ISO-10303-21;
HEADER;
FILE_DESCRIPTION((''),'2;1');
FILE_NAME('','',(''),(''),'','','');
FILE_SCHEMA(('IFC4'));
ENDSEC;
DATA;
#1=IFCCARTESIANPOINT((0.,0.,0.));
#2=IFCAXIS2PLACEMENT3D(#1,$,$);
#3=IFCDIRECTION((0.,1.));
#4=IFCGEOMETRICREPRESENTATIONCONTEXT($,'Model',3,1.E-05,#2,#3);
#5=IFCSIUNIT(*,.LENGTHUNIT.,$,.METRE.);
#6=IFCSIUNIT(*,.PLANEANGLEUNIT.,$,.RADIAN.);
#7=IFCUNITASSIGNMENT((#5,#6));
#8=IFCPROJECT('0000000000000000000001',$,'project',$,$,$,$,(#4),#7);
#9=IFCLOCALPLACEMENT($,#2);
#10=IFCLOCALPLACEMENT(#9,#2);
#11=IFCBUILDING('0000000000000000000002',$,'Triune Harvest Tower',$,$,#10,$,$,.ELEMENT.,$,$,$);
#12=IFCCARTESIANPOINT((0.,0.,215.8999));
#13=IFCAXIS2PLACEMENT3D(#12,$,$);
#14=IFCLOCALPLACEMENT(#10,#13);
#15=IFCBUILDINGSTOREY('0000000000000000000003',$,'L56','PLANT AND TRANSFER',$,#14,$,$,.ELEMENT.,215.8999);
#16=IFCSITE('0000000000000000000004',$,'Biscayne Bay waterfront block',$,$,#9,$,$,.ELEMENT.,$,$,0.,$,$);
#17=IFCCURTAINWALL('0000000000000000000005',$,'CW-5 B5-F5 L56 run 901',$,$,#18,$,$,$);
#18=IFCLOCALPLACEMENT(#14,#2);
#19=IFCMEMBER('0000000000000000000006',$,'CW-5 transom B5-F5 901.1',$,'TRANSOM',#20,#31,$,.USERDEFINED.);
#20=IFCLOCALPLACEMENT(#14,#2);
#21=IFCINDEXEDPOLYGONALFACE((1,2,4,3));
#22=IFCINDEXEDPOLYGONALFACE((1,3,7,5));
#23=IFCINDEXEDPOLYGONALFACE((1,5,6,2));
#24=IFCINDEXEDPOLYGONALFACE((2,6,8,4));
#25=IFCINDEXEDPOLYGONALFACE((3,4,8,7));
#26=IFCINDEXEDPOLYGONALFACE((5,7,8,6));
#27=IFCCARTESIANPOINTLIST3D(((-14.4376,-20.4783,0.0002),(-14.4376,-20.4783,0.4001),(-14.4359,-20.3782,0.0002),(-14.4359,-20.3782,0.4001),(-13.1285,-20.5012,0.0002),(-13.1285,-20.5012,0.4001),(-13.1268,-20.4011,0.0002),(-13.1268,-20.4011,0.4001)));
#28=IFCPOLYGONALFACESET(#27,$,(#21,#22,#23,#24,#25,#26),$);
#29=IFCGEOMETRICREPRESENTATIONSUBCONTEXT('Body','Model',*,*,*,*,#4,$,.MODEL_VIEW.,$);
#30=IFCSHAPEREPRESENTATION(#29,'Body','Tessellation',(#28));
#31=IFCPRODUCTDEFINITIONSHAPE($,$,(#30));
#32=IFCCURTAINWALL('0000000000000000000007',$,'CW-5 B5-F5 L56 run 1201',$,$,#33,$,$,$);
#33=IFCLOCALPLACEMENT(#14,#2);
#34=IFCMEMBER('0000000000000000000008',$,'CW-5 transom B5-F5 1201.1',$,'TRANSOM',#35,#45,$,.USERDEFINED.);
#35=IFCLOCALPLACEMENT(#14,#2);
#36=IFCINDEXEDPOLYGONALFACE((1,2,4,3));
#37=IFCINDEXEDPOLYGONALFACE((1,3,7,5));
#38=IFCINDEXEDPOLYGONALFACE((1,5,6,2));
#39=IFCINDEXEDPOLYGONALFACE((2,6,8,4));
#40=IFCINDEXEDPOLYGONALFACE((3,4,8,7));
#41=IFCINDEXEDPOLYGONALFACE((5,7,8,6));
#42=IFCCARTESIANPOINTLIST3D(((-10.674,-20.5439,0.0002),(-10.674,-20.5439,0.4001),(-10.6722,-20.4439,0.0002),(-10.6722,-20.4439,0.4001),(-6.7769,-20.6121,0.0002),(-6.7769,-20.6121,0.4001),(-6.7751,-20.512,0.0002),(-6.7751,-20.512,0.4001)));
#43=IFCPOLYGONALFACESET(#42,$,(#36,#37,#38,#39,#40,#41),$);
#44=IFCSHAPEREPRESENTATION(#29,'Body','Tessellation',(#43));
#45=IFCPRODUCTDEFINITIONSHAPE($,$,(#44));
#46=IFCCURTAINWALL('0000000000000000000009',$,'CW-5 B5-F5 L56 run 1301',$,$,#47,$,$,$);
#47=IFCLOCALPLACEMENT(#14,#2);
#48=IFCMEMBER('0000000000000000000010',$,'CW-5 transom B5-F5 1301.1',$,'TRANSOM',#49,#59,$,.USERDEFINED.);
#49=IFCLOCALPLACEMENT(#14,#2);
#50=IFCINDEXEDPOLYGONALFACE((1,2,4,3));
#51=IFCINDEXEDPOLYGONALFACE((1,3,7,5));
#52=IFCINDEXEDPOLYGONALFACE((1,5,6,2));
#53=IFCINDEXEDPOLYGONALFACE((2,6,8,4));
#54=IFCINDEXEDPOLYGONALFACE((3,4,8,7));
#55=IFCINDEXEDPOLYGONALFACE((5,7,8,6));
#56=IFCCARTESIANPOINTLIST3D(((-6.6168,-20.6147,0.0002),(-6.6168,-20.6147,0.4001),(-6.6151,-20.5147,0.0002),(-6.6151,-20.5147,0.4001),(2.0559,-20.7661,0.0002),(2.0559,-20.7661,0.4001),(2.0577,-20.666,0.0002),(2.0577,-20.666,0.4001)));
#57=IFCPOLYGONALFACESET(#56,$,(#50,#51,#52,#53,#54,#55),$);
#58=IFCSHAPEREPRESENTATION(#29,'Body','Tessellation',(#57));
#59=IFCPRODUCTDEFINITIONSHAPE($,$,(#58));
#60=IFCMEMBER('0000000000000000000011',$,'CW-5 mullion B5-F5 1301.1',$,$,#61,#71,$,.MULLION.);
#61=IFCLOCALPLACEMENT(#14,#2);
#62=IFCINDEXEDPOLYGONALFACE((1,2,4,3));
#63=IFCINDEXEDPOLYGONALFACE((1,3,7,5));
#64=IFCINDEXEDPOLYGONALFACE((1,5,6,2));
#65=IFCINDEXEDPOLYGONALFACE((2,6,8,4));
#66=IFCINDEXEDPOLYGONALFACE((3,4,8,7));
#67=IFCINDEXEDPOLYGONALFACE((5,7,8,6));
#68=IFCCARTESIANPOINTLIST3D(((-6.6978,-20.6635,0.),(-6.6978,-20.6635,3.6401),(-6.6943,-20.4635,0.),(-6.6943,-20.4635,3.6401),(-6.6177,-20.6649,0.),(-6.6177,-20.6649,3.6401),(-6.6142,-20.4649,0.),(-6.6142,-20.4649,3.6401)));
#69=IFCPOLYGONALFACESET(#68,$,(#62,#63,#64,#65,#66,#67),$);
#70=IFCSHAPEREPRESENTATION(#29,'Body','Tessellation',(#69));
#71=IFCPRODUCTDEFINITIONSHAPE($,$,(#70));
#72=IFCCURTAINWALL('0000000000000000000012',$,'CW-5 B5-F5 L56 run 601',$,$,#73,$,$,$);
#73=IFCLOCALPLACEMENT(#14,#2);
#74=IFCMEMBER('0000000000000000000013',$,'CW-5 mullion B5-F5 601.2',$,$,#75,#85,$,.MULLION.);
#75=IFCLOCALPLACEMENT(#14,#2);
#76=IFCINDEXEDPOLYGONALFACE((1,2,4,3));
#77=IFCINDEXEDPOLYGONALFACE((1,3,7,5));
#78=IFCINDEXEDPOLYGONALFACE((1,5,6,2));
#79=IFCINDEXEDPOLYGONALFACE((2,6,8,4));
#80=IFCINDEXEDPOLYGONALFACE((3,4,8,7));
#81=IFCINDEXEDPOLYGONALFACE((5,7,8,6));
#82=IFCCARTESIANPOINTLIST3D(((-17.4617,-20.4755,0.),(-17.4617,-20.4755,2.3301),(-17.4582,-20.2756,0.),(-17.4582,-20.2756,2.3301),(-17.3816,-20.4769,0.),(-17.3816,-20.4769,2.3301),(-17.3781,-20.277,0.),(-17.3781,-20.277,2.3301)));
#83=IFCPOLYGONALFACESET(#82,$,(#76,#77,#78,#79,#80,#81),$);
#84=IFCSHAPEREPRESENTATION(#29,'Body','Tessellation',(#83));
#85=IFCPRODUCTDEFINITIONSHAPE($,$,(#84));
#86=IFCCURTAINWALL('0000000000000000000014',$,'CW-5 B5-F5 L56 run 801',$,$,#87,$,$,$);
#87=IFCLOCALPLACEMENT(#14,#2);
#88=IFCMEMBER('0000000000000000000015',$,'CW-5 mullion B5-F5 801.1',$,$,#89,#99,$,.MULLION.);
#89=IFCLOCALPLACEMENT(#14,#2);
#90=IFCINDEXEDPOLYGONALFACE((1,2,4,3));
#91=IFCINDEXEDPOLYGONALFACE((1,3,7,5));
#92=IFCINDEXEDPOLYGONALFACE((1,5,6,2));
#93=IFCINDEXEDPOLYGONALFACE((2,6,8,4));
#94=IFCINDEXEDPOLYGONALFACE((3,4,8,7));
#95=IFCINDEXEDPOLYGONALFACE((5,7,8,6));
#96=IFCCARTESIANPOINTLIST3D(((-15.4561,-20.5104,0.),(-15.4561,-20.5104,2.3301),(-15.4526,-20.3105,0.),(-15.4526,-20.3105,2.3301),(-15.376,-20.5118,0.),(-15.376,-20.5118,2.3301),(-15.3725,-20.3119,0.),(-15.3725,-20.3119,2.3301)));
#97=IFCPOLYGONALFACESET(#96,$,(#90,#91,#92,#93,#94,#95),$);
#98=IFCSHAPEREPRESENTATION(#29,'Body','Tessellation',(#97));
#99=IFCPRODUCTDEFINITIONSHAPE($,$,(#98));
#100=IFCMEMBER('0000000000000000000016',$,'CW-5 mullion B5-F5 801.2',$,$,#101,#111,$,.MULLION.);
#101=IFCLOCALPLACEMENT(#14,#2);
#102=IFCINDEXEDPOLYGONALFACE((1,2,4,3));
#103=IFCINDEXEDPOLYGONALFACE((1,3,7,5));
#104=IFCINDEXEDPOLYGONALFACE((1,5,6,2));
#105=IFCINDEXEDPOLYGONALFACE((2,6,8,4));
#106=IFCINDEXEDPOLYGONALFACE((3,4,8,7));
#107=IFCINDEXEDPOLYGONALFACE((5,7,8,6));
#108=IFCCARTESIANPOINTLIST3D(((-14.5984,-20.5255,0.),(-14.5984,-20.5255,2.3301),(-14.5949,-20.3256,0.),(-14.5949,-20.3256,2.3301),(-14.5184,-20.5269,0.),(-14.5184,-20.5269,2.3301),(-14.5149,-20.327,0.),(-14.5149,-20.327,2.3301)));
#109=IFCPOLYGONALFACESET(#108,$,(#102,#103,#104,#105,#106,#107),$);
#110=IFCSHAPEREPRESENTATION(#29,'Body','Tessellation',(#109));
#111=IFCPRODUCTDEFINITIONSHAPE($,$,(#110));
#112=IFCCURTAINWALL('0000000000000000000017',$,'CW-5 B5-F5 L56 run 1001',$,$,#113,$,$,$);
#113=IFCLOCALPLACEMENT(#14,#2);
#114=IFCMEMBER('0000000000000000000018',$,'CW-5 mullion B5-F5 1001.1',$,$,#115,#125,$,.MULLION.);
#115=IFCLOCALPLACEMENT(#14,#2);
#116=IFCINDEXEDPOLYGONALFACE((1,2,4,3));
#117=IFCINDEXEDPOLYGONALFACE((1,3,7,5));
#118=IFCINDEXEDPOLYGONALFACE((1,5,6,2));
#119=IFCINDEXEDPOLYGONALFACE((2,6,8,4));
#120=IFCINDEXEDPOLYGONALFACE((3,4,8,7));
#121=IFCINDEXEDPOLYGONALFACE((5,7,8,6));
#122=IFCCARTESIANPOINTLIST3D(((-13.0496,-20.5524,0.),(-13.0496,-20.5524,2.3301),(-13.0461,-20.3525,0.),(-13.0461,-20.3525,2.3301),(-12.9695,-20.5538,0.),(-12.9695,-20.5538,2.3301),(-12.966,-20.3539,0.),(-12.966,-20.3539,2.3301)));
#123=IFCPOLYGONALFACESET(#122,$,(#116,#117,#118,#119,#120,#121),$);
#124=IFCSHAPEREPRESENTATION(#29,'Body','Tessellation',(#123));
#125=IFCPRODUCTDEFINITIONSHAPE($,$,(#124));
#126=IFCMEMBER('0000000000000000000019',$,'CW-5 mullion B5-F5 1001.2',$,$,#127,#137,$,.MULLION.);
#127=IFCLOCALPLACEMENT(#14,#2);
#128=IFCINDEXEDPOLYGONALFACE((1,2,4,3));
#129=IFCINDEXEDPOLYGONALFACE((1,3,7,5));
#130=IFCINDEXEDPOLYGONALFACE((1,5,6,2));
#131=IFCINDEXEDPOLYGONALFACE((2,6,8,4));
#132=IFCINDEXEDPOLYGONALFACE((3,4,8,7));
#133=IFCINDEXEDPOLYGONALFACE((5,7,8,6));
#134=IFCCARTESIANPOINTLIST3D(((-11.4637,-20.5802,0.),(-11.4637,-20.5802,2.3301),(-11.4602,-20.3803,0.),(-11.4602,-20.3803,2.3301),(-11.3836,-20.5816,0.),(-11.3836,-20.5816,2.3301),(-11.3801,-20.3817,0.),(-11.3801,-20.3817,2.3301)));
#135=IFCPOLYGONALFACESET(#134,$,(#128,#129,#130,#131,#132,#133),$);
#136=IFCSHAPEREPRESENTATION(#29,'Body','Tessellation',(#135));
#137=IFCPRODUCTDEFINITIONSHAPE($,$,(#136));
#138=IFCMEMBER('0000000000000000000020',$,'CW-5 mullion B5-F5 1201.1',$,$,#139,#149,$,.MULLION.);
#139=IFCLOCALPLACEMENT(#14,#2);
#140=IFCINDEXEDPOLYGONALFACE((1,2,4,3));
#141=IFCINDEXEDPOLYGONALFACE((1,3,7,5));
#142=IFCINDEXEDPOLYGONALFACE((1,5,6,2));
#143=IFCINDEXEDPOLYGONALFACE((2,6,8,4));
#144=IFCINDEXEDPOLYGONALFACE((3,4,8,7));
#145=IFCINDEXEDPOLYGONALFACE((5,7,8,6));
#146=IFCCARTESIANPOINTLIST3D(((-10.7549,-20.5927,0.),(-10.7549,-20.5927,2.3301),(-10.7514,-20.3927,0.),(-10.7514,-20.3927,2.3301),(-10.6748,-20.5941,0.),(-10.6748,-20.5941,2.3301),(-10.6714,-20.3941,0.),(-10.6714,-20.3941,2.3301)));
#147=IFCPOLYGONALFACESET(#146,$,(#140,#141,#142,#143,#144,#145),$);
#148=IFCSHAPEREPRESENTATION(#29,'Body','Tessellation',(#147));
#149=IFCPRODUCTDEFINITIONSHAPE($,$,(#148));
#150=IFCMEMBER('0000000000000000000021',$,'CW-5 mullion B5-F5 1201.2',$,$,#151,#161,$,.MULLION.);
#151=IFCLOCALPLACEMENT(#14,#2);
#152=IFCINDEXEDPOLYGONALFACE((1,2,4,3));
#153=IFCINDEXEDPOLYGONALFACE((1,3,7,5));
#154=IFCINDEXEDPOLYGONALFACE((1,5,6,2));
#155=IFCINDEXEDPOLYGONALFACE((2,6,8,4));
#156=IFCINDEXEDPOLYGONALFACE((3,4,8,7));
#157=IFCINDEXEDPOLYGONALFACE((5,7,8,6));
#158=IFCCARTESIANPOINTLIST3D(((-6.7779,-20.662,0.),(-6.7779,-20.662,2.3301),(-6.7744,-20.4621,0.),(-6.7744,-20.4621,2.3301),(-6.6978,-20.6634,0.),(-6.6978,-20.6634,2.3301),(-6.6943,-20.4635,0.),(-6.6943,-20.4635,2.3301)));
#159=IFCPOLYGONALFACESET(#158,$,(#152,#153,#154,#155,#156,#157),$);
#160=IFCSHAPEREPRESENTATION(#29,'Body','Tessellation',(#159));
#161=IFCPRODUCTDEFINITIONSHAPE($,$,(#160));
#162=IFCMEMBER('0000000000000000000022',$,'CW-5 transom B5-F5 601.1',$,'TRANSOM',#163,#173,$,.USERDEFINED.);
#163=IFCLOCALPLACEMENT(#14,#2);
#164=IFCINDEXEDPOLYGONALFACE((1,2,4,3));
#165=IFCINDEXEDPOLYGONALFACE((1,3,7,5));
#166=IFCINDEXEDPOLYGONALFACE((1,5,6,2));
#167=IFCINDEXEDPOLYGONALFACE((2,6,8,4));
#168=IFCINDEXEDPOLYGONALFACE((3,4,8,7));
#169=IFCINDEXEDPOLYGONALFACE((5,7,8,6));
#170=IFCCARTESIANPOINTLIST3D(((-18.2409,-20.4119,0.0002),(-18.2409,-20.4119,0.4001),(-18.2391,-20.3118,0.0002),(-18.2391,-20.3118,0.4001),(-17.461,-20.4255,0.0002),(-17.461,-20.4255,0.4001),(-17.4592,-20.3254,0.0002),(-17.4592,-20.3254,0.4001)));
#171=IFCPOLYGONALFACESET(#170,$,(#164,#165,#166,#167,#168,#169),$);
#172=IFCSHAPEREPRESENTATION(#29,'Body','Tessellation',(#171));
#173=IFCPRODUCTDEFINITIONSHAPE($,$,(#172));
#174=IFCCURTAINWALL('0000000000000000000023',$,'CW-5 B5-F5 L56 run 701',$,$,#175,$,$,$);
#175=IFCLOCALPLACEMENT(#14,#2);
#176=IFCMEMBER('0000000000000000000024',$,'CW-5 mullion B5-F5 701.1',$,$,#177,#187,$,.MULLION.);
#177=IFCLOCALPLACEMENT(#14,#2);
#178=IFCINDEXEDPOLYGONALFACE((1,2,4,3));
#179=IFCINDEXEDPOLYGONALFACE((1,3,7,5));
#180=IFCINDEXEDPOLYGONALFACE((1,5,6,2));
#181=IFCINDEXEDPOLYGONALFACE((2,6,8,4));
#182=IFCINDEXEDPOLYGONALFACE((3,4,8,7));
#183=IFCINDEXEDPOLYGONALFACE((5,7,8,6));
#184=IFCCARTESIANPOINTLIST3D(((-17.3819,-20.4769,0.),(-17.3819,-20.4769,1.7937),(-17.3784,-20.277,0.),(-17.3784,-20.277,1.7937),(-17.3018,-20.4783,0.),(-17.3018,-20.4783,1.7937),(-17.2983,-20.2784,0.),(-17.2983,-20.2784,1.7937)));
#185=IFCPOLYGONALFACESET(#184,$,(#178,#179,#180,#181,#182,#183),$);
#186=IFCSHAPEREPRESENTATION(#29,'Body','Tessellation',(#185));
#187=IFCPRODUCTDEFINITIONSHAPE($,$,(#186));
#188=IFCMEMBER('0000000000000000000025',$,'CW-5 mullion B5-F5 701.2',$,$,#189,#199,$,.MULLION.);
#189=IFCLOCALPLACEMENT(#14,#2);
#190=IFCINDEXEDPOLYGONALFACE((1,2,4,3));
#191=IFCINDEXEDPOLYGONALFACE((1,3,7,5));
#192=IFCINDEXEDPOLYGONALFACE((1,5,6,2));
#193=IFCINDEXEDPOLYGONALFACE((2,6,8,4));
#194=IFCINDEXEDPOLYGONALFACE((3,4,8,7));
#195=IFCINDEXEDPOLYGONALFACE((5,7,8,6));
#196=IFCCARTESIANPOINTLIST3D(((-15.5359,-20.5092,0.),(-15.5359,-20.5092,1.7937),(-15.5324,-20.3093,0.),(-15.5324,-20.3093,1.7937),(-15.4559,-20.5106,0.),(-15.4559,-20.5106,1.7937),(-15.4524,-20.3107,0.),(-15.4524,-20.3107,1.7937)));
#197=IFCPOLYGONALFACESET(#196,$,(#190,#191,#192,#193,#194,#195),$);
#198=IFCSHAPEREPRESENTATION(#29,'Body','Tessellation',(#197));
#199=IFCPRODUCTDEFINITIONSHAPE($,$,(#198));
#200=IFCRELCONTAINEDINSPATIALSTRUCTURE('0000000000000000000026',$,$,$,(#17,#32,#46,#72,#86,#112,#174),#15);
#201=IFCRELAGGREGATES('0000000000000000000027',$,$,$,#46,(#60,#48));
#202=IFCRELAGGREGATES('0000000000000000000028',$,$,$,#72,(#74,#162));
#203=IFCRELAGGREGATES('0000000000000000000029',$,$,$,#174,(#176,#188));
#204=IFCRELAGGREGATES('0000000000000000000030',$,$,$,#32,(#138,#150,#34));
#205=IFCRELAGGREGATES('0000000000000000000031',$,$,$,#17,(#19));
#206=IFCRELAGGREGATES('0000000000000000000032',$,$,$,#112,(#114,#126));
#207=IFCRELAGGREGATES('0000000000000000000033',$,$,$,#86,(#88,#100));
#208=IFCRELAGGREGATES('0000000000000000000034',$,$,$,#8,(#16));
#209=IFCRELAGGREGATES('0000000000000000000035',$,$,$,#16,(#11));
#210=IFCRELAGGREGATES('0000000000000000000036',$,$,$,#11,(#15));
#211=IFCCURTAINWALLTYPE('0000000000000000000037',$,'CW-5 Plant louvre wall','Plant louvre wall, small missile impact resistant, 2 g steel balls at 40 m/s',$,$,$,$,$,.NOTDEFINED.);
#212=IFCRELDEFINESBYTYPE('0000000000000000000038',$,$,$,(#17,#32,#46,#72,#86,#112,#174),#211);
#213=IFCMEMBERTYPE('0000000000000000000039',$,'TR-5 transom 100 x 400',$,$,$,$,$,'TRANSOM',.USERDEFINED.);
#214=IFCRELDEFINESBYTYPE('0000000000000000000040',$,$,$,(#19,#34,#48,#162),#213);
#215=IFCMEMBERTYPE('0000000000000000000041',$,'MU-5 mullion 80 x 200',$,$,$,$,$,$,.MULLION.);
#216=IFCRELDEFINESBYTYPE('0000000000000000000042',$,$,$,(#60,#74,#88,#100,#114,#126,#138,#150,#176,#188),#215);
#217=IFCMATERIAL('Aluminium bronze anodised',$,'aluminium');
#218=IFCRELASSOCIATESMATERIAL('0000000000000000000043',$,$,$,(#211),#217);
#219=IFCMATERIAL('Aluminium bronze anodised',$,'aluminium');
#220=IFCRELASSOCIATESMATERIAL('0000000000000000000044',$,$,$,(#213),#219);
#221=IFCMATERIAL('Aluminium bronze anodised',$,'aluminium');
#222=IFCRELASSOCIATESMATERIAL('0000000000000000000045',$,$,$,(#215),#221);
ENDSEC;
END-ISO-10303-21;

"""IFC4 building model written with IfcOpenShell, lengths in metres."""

from ifc_helpers import new_model, si_unit, direction, frame, origin, origin_2d, place, context, subcontext, project, spatial, rectangle, extrude, source, transform, mapped, material, material_profile, profile_set, type_object, element, aggregate, save


model = new_model("IFC4")

# Units and contexts
model_context = context("Model", 3, precision=1e-05, world=origin(), true_north=direction((0.0, 1.0)))
body_context = subcontext(model_context, "Body", "Model", "MODEL_VIEW")
ifc_project = project(units=[si_unit("LENGTHUNIT", "METRE"), si_unit("PLANEANGLEUNIT", "RADIAN")], contexts=[model_context])

# Site, building, storey
site_placement = place(None, origin())
site = spatial("IfcSite", under=ifc_project, at=site_placement, Name="Biscayne Bay waterfront block", CompositionType="ELEMENT", RefElevation=0.0)
building_placement = place(site_placement, origin())
building = spatial("IfcBuilding", under=site, at=building_placement, Name="Triune Harvest Tower", CompositionType="ELEMENT")
storey_placement = place(building_placement, frame((0.0, 0.0, 215.8999)))
storey = spatial("IfcBuildingStorey", under=building, at=storey_placement, Name="L56", Description="PLANT AND TRANSFER", CompositionType="ELEMENT", Elevation=215.8999)

# Curtain walls, members
ifc_material_1 = material(Name="Aluminium bronze anodised", Category="aluminium")
curtain_wall_type = type_object("IfcCurtainWallType", Name="CW-5 Plant louvre wall", Description="Plant louvre wall, small missile impact resistant, 2 g steel balls at 40 m/s", PredefinedType="NOTDEFINED", material=ifc_material_1)
curtain_wall_1_placement = place(storey_placement, origin())
curtain_wall_1 = element("IfcCurtainWall", 1, at=curtain_wall_1_placement, inside=storey, type_object=curtain_wall_type, Name="CW-5 B5-F5 L56 run 901")
ifc_material_2 = material(Name="Aluminium bronze anodised", Category="aluminium")
ifc_material_profile_1 = material_profile(ifc_material_2, rectangle(XDim=0.1001, YDim=0.3999, at=origin_2d()), Name="TR-5 transom 100 x 400")
ifc_profile_set_1 = profile_set([ifc_material_profile_1], Name="Aluminium bronze anodised")
member_type_1 = type_object("IfcMemberType", Name="TR-5 transom 100 x 400", ElementType="TRANSOM", PredefinedType="USERDEFINED", material=ifc_profile_set_1)
member_1_placement = place(storey_placement, frame((-14.4368, -20.4282, 0.2002), z_axis=(0.999846, -0.017528, 0.0), x_axis=(0.017528, 0.999846, 0.0)))
member_1 = element("IfcMember", 2, at=member_1_placement, type_object=member_type_1, Name="CW-5 transom B5-F5 901.1", ObjectType="TRANSOM", PredefinedType="USERDEFINED", context=body_context, shape_type="SweptSolid", body=[
    extrude(rectangle(XDim=0.1001, YDim=0.3999, at=origin_2d()), origin(), (0.0, 0.0, 1.0), 1.3093),
])
curtain_wall_2_placement = place(storey_placement, origin())
curtain_wall_2 = element("IfcCurtainWall", 3, at=curtain_wall_2_placement, inside=storey, type_object=curtain_wall_type, Name="CW-5 B5-F5 L56 run 1201")
member_2_placement = place(storey_placement, frame((-10.6731, -20.4939, 0.2002), z_axis=(0.999847, -0.017475, 0.0), x_axis=(0.017475, 0.999847, 0.0)))
member_2 = element("IfcMember", 4, at=member_2_placement, type_object=member_type_1, Name="CW-5 transom B5-F5 1201.1", ObjectType="TRANSOM", PredefinedType="USERDEFINED", context=body_context, shape_type="SweptSolid", body=[
    extrude(rectangle(XDim=0.1001, YDim=0.3999, at=origin_2d()), origin(), (0.0, 0.0, 1.0), 3.8977),
])

# Curtain wall, members
curtain_wall_3_placement = place(storey_placement, origin())
curtain_wall_3 = element("IfcCurtainWall", 5, at=curtain_wall_3_placement, inside=storey, type_object=curtain_wall_type, Name="CW-5 B5-F5 L56 run 1301")
member_3_placement = place(storey_placement, frame((-6.616, -20.5647, 0.2002), z_axis=(0.999848, -0.01745, 0.0), x_axis=(0.01745, 0.999848, 0.0)))
member_3 = element("IfcMember", 6, at=member_3_placement, type_object=member_type_1, Name="CW-5 transom B5-F5 1301.1", ObjectType="TRANSOM", PredefinedType="USERDEFINED", context=body_context, shape_type="SweptSolid", body=[
    extrude(rectangle(XDim=0.1001, YDim=0.3999, at=origin_2d()), origin(), (0.0, 0.0, 1.0), 8.6741),
])
ifc_material_3 = material(Name="Aluminium bronze anodised", Category="aluminium")
ifc_material_profile_2 = material_profile(ifc_material_3, rectangle(XDim=0.2, YDim=0.0801, at=origin_2d()), Name="MU-5 mullion 80 x 200")
ifc_profile_set_2 = profile_set([ifc_material_profile_2], Name="Aluminium bronze anodised")
member_type_2 = type_object("IfcMemberType", Name="MU-5 mullion 80 x 200", PredefinedType="MULLION", material=ifc_profile_set_2)
shared_shape_1 = source(origin(), body_context, "Body", "SweptSolid", [
    extrude(rectangle(XDim=0.2, YDim=0.0801, at=origin_2d()), origin(), (0.0, 0.0, 1.0), 3.6401),
])
member_4_placement = place(storey_placement, frame((-6.656, -20.5642, 0.0), z_axis=(0.0, 0.0, 1.0), x_axis=(0.01745, 0.999848, 0.0)))
member_4 = element("IfcMember", 7, at=member_4_placement, type_object=member_type_2, Name="CW-5 mullion B5-F5 1301.1", PredefinedType="MULLION", context=body_context, shape_type="MappedRepresentation", body=[
    mapped(shared_shape_1, transform((0.0, 0.0, 0.0), scale=1.0)),
])
aggregate(curtain_wall_3, [member_4, member_3])

# Curtain wall, member
curtain_wall_4_placement = place(storey_placement, origin())
curtain_wall_4 = element("IfcCurtainWall", 8, at=curtain_wall_4_placement, inside=storey, type_object=curtain_wall_type, Name="CW-5 B5-F5 L56 run 601")
shared_shape_2 = source(origin(), body_context, "Body", "SweptSolid", [
    extrude(rectangle(XDim=0.2, YDim=0.0801, at=origin_2d()), origin(), (0.0, 0.0, 1.0), 2.3301),
])
member_5_placement = place(storey_placement, frame((-17.4199, -20.3762, 0.0), z_axis=(0.0, 0.0, 1.0), x_axis=(0.017446, 0.999848, 0.0)))
member_5 = element("IfcMember", 9, at=member_5_placement, type_object=member_type_2, Name="CW-5 mullion B5-F5 601.2", PredefinedType="MULLION", context=body_context, shape_type="MappedRepresentation", body=[
    mapped(shared_shape_2, transform((0.0, 0.0, 0.0), scale=1.0)),
])

# Curtain walls, members
curtain_wall_5_placement = place(storey_placement, origin())
curtain_wall_5 = element("IfcCurtainWall", 10, at=curtain_wall_5_placement, inside=storey, type_object=curtain_wall_type, Name="CW-5 B5-F5 L56 run 801")
member_6_placement = place(storey_placement, frame((-15.4143, -20.4111, 0.0), z_axis=(0.0, 0.0, 1.0), x_axis=(0.017491, 0.999847, 0.0)))
member_6 = element("IfcMember", 11, at=member_6_placement, type_object=member_type_2, Name="CW-5 mullion B5-F5 801.1", PredefinedType="MULLION", context=body_context, shape_type="MappedRepresentation", body=[
    mapped(shared_shape_2, transform((0.0, 0.0, 0.0), scale=1.0)),
])
member_7_placement = place(storey_placement, frame((-14.5566, -20.4263, 0.0), z_axis=(0.0, 0.0, 1.0), x_axis=(0.017491, 0.999847, 0.0)))
member_7 = element("IfcMember", 12, at=member_7_placement, type_object=member_type_2, Name="CW-5 mullion B5-F5 801.2", PredefinedType="MULLION", context=body_context, shape_type="MappedRepresentation", body=[
    mapped(shared_shape_2, transform((0.0, 0.0, 0.0), scale=1.0)),
])
curtain_wall_6_placement = place(storey_placement, origin())
curtain_wall_6 = element("IfcCurtainWall", 13, at=curtain_wall_6_placement, inside=storey, type_object=curtain_wall_type, Name="CW-5 B5-F5 L56 run 1001")
member_8_placement = place(storey_placement, frame((-13.0078, -20.4531, 0.0), z_axis=(0.0, 0.0, 1.0), x_axis=(0.017466, 0.999847, 0.0)))
member_8 = element("IfcMember", 14, at=member_8_placement, type_object=member_type_2, Name="CW-5 mullion B5-F5 1001.1", PredefinedType="MULLION", context=body_context, shape_type="MappedRepresentation", body=[
    mapped(shared_shape_2, transform((0.0, 0.0, 0.0), scale=1.0)),
])
member_9_placement = place(storey_placement, frame((-11.4219, -20.481, 0.0), z_axis=(0.0, 0.0, 1.0), x_axis=(0.017466, 0.999847, 0.0)))
member_9 = element("IfcMember", 15, at=member_9_placement, type_object=member_type_2, Name="CW-5 mullion B5-F5 1001.2", PredefinedType="MULLION", context=body_context, shape_type="MappedRepresentation", body=[
    mapped(shared_shape_2, transform((0.0, 0.0, 0.0), scale=1.0)),
])

# Members
member_10_placement = place(storey_placement, frame((-10.7131, -20.4934, 0.0), z_axis=(0.0, 0.0, 1.0), x_axis=(0.017448, 0.999848, 0.0)))
member_10 = element("IfcMember", 16, at=member_10_placement, type_object=member_type_2, Name="CW-5 mullion B5-F5 1201.1", PredefinedType="MULLION", context=body_context, shape_type="MappedRepresentation", body=[
    mapped(shared_shape_2, transform((0.0, 0.0, 0.0), scale=1.0)),
])
member_11_placement = place(storey_placement, frame((-6.7361, -20.5627, 0.0), z_axis=(0.0, 0.0, 1.0), x_axis=(0.017448, 0.999848, 0.0)))
member_11 = element("IfcMember", 17, at=member_11_placement, type_object=member_type_2, Name="CW-5 mullion B5-F5 1201.2", PredefinedType="MULLION", context=body_context, shape_type="MappedRepresentation", body=[
    mapped(shared_shape_2, transform((0.0, 0.0, 0.0), scale=1.0)),
])
shared_shape_3 = source(origin(), body_context, "Body", "SweptSolid", [
    extrude(rectangle(XDim=0.1001, YDim=0.3999, at=origin_2d()), origin(), (0.0, 0.0, 1.0), 0.78),
])
member_12_placement = place(storey_placement, frame((-18.24, -20.3618, 0.2002), z_axis=(0.999846, -0.017525, 0.0), x_axis=(0.017525, 0.999846, 0.0)))
member_12 = element("IfcMember", 18, at=member_12_placement, type_object=member_type_1, Name="CW-5 transom B5-F5 601.1", ObjectType="TRANSOM", PredefinedType="USERDEFINED", context=body_context, shape_type="MappedRepresentation", body=[
    mapped(shared_shape_3, transform((0.0, 0.0, 0.0), scale=1.0)),
])

# Curtain wall, members
curtain_wall_7_placement = place(storey_placement, origin())
curtain_wall_7 = element("IfcCurtainWall", 19, at=curtain_wall_7_placement, inside=storey, type_object=curtain_wall_type, Name="CW-5 B5-F5 L56 run 701")
shared_shape_4 = source(origin(), body_context, "Body", "SweptSolid", [
    extrude(rectangle(XDim=0.2, YDim=0.0801, at=origin_2d()), origin(), (0.0, 0.0, 1.0), 1.7937),
])
member_13_placement = place(storey_placement, frame((-17.3401, -20.3777, 0.0), z_axis=(0.0, 0.0, 1.0), x_axis=(0.017445, 0.999848, 0.0)))
member_13 = element("IfcMember", 20, at=member_13_placement, type_object=member_type_2, Name="CW-5 mullion B5-F5 701.1", PredefinedType="MULLION", context=body_context, shape_type="MappedRepresentation", body=[
    mapped(shared_shape_4, transform((0.0, 0.0, 0.0), scale=1.0)),
])
member_14_placement = place(storey_placement, frame((-15.4941, -20.4099, 0.0), z_axis=(0.0, 0.0, 1.0), x_axis=(0.017445, 0.999848, 0.0)))
member_14 = element("IfcMember", 21, at=member_14_placement, type_object=member_type_2, Name="CW-5 mullion B5-F5 701.2", PredefinedType="MULLION", context=body_context, shape_type="MappedRepresentation", body=[
    mapped(shared_shape_4, transform((0.0, 0.0, 0.0), scale=1.0)),
])

aggregate(curtain_wall_4, [member_5, member_12])
aggregate(curtain_wall_7, [member_13, member_14])
aggregate(curtain_wall_2, [member_10, member_11, member_2])
aggregate(curtain_wall_1, [member_1])
aggregate(curtain_wall_6, [member_8, member_9])
aggregate(curtain_wall_5, [member_6, member_7])

save(model, "model.ifc")
